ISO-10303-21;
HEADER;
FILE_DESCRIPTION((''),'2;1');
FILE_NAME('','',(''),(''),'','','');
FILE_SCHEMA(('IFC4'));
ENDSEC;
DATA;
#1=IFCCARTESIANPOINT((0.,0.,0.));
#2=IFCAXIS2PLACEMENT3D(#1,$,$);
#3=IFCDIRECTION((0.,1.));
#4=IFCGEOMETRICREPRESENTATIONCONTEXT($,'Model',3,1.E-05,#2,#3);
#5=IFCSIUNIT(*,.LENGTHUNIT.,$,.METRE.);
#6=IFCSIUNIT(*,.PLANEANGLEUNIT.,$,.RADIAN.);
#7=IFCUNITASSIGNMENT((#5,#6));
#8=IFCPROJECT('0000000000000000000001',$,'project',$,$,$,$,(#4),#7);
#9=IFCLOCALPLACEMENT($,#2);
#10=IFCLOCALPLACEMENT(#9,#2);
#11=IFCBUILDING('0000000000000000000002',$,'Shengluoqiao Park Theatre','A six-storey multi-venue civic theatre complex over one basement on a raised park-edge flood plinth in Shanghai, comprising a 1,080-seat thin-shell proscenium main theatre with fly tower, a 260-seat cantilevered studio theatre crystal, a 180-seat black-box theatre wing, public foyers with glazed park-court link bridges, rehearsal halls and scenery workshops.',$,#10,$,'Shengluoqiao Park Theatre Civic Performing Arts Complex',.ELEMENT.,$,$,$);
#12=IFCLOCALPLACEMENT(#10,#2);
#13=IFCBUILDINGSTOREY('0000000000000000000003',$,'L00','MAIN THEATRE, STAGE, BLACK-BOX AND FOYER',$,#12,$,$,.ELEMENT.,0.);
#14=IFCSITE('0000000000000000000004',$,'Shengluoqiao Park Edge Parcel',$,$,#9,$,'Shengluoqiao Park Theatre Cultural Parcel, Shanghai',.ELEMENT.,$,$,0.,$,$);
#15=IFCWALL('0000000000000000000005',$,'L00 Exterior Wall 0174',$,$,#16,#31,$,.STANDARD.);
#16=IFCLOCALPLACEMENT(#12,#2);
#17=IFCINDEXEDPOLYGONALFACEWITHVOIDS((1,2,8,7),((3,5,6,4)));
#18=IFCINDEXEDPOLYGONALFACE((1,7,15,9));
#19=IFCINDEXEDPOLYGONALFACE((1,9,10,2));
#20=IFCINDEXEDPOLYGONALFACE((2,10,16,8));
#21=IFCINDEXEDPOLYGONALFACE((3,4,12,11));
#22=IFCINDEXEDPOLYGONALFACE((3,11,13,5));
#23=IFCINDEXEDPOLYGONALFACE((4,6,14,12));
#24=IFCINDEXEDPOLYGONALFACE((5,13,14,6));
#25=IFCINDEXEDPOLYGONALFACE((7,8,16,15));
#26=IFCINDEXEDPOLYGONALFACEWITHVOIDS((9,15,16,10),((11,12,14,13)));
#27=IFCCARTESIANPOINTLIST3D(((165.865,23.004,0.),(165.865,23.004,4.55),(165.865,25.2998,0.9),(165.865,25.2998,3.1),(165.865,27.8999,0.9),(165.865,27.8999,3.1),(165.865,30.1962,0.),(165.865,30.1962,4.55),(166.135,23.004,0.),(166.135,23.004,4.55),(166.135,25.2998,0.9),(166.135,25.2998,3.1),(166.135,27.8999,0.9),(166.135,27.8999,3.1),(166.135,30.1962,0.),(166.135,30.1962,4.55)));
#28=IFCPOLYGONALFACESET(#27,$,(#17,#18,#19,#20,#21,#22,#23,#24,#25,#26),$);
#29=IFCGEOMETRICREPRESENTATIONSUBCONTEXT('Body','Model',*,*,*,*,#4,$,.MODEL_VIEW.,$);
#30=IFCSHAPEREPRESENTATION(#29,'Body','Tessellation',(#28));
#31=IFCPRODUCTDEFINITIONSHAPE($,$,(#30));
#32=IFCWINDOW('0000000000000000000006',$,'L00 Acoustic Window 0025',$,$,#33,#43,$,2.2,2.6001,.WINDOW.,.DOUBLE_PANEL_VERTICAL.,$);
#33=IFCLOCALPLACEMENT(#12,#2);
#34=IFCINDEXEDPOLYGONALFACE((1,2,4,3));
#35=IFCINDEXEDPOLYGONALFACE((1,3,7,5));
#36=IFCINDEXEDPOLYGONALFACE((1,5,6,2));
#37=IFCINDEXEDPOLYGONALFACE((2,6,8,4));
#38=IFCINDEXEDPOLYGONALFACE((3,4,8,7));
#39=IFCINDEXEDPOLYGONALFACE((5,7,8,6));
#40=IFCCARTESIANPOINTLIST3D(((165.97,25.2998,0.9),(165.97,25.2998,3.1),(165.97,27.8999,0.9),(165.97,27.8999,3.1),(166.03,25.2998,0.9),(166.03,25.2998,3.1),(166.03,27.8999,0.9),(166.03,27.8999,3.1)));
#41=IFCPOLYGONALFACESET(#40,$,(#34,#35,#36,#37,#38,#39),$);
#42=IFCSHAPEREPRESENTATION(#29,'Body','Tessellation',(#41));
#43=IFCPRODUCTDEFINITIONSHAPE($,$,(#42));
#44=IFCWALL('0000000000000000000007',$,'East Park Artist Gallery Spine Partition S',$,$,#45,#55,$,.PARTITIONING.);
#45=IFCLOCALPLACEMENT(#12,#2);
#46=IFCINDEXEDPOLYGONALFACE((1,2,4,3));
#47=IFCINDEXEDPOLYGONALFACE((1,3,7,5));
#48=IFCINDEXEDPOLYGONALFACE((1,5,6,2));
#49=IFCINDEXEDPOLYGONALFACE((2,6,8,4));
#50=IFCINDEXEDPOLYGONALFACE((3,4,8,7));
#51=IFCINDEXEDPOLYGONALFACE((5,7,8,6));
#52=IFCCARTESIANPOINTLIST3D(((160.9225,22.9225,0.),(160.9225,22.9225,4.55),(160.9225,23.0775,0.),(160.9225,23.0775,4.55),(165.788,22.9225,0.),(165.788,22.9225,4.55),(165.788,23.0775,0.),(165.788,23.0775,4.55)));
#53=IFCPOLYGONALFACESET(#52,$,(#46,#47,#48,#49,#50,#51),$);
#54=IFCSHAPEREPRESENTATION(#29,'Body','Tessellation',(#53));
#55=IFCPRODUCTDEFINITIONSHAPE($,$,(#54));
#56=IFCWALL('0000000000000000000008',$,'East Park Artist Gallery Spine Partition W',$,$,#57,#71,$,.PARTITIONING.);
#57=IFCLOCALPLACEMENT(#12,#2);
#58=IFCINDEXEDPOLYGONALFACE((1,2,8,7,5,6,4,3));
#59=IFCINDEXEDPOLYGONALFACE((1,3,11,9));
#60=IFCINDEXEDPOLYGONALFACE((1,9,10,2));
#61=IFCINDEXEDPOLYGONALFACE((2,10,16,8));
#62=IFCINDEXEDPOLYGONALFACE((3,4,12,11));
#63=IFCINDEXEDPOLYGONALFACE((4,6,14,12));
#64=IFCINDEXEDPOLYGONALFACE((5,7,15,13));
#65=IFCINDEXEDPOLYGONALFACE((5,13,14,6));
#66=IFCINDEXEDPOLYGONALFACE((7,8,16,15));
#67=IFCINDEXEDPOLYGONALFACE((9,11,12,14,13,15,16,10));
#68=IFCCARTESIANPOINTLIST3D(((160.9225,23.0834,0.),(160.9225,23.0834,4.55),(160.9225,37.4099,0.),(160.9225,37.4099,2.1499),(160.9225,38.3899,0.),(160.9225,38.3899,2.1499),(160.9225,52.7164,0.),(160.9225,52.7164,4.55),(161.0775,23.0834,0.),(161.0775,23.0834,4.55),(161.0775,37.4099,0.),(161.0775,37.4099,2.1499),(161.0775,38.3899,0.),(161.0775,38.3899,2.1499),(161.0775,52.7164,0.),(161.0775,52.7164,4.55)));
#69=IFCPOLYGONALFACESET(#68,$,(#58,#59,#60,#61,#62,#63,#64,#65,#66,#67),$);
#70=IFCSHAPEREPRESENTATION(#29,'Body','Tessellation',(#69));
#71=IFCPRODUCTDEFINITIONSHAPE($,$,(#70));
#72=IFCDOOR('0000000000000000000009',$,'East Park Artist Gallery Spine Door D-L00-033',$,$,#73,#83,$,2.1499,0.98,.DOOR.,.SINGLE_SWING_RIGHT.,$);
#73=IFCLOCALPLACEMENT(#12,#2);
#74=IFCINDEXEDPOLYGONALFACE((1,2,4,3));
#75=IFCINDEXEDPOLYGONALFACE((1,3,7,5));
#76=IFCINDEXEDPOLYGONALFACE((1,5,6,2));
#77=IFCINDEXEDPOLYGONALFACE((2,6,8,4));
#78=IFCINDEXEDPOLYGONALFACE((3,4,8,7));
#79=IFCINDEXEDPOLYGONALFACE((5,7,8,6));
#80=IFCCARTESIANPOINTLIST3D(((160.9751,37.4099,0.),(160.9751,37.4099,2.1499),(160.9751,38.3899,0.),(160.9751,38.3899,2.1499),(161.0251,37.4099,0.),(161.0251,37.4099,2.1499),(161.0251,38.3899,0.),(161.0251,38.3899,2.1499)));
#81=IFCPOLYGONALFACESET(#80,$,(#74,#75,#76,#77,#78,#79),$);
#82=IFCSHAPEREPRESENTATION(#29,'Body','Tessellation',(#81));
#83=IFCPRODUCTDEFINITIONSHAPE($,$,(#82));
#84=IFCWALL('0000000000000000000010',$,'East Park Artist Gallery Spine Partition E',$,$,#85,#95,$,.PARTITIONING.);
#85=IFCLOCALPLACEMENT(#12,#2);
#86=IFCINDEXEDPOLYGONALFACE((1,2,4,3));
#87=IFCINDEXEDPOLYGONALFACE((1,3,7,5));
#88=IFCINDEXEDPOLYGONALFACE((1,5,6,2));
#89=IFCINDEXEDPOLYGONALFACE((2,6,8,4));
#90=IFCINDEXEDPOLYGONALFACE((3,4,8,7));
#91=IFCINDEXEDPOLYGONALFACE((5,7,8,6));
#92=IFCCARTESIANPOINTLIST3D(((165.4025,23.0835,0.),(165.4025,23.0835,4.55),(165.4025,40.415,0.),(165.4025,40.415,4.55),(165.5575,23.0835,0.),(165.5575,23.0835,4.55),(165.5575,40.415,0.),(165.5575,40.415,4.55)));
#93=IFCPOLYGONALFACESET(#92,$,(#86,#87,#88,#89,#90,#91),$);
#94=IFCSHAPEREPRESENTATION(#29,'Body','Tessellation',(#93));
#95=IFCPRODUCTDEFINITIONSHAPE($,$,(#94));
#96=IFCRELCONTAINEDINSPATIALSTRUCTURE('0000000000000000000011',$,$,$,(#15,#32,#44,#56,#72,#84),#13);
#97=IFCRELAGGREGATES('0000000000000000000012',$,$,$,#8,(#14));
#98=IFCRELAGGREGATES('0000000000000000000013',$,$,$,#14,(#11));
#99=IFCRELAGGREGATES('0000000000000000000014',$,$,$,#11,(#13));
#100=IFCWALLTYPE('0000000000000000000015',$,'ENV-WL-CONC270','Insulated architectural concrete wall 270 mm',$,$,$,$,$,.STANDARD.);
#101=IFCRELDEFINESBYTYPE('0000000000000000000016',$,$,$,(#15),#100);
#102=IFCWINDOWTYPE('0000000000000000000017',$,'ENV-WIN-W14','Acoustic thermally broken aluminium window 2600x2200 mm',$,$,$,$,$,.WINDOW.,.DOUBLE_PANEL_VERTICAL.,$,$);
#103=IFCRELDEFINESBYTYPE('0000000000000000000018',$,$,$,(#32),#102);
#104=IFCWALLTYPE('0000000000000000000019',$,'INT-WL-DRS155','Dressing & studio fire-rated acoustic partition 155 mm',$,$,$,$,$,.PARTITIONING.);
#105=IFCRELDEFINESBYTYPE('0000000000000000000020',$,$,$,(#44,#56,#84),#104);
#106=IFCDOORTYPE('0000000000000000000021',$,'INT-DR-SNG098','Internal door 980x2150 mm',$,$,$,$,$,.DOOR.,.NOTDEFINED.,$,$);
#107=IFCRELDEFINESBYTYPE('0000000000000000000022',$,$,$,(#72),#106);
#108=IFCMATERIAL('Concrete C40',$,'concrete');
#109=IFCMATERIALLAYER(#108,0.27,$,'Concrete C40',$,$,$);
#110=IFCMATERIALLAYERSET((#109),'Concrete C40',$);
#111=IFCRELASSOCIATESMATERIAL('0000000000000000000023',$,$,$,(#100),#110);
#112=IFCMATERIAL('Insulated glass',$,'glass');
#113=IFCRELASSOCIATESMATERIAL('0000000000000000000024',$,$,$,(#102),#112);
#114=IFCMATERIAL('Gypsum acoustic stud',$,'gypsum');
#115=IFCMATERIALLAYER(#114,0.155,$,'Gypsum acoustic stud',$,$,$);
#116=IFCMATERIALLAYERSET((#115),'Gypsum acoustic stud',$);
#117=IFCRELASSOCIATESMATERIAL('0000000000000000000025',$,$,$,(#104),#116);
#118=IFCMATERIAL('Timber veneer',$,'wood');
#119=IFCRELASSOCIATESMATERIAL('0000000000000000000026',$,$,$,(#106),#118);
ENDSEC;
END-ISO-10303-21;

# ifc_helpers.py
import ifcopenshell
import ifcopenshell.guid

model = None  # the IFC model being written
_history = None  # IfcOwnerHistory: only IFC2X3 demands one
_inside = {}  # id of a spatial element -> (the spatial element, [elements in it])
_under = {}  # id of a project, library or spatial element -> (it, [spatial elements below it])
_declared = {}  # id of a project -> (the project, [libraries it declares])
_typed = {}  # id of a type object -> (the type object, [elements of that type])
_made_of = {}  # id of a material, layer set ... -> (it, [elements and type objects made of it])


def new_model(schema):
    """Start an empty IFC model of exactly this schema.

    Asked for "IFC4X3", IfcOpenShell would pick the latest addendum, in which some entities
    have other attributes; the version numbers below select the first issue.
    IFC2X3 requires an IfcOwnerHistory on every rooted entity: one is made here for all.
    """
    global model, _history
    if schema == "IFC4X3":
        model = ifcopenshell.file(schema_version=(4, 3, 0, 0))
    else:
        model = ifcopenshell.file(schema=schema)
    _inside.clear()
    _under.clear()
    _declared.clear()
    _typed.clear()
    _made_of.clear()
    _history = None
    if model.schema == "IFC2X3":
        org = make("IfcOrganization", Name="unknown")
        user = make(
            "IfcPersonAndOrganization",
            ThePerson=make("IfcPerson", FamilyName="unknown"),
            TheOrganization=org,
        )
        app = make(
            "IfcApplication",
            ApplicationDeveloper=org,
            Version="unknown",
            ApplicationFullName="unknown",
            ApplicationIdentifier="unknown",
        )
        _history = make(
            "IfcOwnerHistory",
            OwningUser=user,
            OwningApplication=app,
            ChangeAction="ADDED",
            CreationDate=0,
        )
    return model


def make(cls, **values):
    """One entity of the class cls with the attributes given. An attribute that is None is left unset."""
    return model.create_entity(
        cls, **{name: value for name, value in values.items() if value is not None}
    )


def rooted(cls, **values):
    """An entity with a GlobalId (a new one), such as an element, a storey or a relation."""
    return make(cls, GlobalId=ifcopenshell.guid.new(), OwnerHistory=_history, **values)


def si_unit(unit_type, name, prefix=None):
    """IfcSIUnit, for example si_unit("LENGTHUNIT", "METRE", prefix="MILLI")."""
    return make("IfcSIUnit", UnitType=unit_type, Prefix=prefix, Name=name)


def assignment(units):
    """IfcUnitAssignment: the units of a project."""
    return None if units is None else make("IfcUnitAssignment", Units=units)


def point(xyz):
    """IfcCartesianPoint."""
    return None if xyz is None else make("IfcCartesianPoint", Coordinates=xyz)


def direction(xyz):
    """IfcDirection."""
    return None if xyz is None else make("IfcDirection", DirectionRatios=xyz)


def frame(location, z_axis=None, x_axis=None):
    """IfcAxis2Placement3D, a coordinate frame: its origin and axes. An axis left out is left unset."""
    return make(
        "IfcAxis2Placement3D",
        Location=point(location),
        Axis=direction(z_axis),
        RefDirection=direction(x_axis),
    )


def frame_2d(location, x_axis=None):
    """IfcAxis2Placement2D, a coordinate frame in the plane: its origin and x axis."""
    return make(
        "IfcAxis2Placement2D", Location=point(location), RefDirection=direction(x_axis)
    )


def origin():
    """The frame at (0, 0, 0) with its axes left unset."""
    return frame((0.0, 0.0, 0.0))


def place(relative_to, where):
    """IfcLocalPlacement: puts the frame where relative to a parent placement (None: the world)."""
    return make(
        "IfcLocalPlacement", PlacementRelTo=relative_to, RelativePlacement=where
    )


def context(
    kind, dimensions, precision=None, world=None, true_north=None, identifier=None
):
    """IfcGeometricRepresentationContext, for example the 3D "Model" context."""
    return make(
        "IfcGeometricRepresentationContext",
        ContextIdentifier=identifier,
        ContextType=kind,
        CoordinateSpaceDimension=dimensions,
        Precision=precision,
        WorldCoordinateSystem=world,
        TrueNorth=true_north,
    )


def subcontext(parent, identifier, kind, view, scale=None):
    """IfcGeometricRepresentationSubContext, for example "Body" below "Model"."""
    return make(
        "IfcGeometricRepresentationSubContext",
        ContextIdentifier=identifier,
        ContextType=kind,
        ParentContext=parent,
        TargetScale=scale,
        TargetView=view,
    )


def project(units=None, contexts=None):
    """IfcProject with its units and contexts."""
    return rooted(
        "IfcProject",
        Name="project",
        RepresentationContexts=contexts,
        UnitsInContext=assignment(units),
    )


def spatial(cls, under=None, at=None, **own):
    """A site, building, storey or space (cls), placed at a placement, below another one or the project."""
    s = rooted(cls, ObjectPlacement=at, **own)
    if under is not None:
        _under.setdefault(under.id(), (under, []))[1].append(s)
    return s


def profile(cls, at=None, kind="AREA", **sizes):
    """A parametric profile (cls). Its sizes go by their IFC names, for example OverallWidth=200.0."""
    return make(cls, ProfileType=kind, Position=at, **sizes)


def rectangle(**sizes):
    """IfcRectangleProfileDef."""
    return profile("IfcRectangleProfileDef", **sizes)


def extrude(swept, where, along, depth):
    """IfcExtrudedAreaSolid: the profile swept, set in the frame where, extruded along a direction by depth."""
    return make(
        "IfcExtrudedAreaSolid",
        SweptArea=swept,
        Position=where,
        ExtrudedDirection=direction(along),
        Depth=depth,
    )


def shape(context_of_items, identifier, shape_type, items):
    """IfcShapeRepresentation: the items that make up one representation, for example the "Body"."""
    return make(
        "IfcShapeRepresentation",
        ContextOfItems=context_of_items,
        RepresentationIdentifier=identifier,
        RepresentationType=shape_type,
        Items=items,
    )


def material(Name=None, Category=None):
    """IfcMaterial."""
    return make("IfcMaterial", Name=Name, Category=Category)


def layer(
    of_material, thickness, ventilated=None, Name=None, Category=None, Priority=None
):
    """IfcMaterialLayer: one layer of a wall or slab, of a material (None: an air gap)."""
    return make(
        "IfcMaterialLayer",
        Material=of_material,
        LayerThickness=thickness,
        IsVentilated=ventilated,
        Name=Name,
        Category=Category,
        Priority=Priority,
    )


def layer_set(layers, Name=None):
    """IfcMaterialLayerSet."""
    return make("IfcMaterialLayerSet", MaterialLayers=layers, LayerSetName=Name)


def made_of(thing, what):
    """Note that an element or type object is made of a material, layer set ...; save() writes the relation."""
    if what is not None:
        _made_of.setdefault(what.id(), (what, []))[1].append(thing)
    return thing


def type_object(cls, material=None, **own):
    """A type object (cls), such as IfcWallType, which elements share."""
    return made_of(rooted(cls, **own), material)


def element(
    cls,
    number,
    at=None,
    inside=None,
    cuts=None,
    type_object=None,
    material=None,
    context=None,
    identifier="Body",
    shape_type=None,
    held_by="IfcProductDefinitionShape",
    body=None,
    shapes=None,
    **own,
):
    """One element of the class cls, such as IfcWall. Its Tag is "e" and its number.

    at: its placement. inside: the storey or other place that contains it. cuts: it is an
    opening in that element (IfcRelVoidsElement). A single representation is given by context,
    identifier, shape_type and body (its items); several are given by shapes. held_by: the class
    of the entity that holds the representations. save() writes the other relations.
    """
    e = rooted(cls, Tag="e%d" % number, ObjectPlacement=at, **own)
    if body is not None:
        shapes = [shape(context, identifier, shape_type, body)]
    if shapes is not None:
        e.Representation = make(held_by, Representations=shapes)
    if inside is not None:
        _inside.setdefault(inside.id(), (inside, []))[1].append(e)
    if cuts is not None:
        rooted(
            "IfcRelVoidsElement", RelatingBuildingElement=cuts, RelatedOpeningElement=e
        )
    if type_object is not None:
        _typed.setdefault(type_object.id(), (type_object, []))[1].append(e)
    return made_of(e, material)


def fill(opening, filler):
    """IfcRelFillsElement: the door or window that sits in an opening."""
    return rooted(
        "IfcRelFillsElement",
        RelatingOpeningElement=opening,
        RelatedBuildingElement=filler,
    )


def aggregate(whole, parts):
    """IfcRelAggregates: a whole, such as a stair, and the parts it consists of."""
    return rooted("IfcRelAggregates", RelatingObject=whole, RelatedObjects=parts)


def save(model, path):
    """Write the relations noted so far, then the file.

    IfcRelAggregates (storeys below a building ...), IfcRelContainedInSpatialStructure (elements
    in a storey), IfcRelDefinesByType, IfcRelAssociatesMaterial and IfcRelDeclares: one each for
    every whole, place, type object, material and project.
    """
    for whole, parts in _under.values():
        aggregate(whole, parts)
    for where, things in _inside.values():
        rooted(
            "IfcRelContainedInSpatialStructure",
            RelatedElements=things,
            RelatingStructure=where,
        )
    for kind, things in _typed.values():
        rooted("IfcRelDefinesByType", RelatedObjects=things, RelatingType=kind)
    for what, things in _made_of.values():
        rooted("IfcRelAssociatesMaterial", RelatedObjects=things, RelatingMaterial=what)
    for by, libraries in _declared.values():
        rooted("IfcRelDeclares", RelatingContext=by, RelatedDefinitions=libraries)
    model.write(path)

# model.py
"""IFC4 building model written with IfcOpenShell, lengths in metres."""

from ifc_helpers import new_model, si_unit, direction, frame, frame_2d, origin, place, context, subcontext, project, spatial, rectangle, extrude, material, layer, layer_set, type_object, element, fill, save


model = new_model("IFC4")

# Units and contexts
model_context = context("Model", 3, precision=1e-05, world=origin(), true_north=direction((0.0, 1.0)))
body_context = subcontext(model_context, "Body", "Model", "MODEL_VIEW")
ifc_project = project(units=[si_unit("LENGTHUNIT", "METRE"), si_unit("PLANEANGLEUNIT", "RADIAN")], contexts=[model_context])

# Site, building, storey
site_placement = place(None, origin())
site = spatial("IfcSite", under=ifc_project, at=site_placement, Name="Shengluoqiao Park Edge Parcel", LongName="Shengluoqiao Park Theatre Cultural Parcel, Shanghai", CompositionType="ELEMENT", RefElevation=0.0)
building_placement = place(site_placement, origin())
building = spatial("IfcBuilding", under=site, at=building_placement, Name="Shengluoqiao Park Theatre", Description="A six-storey multi-venue civic theatre complex over one basement on a raised park-edge flood plinth in Shanghai, comprising a 1,080-seat thin-shell proscenium main theatre with fly tower, a 260-seat cantilevered studio theatre crystal, a 180-seat black-box theatre wing, public foyers with glazed park-court link bridges, rehearsal halls and scenery workshops.", LongName="Shengluoqiao Park Theatre Civic Performing Arts Complex", CompositionType="ELEMENT")
storey_placement = place(building_placement, origin())
storey = spatial("IfcBuildingStorey", under=building, at=storey_placement, Name="L00", Description="MAIN THEATRE, STAGE, BLACK-BOX AND FOYER", CompositionType="ELEMENT", Elevation=0.0)

# Shared definitions
ifc_material_1 = material(Name="Concrete C40", Category="concrete")

# Shared definitions
ifc_material_2 = material(Name="Insulated glass", Category="glass")

# Wall, opening, window
ifc_layer_1 = layer(ifc_material_1, 0.27, Name="Concrete C40")
ifc_layer_set_1 = layer_set([ifc_layer_1], Name="Concrete C40")
wall_type_1 = type_object("IfcWallType", Name="ENV-WL-CONC270", Description="Insulated architectural concrete wall 270 mm", PredefinedType="STANDARD", material=ifc_layer_set_1)
wall_1_placement = place(storey_placement, frame((166.0, 23.0039, 0.0), z_axis=(0.0, 0.0, 1.0), x_axis=(0.0, 1.0, 0.0)))
wall_1 = element("IfcWall", 1, at=wall_1_placement, inside=storey, type_object=wall_type_1, Name="L00 Exterior Wall 0174", PredefinedType="STANDARD", context=body_context, shape_type="SweptSolid", body=[
    extrude(rectangle(XDim=7.1921, YDim=0.27, at=frame_2d((3.5962, 0.0))), origin(), (0.0, 0.0, 1.0), 4.55),
])
opening_1_placement = place(wall_1_placement, frame((2.2959, 0.0, 0.8999)))
opening_1 = element("IfcOpeningElement", 2, at=opening_1_placement, cuts=wall_1, PredefinedType="OPENING", context=body_context, shape_type="SweptSolid", body=[
    extrude(rectangle(XDim=2.6001, YDim=2.2, at=frame_2d((1.3, 1.1001))), frame((0.0, 0.145, 0.0), z_axis=(0.0, -1.0, 0.0), x_axis=(1.0, 0.0, 0.0)), (0.0, 0.0, 1.0), 0.29),
])
window_type = type_object("IfcWindowType", Name="ENV-WIN-W14", Description="Acoustic thermally broken aluminium window 2600x2200 mm", PartitioningType="DOUBLE_PANEL_VERTICAL", PredefinedType="WINDOW", material=ifc_material_2)
window_placement = place(opening_1_placement, origin())
window = element("IfcWindow", 3, at=window_placement, inside=storey, type_object=window_type, Name="L00 Acoustic Window 0025", OverallHeight=2.2, OverallWidth=2.6001, PartitioningType="DOUBLE_PANEL_VERTICAL", PredefinedType="WINDOW", context=body_context, shape_type="SweptSolid", body=[
    extrude(rectangle(XDim=2.6001, YDim=2.2, at=frame_2d((1.3, 1.1001))), frame((0.0, 0.03, 0.0), z_axis=(0.0, -1.0, 0.0), x_axis=(1.0, 0.0, 0.0)), (0.0, 0.0, 1.0), 0.0601),
])
fill(opening_1, window)

# Wall
ifc_material_3 = material(Name="Gypsum acoustic stud", Category="gypsum")
ifc_layer_2 = layer(ifc_material_3, 0.155, Name="Gypsum acoustic stud")
ifc_layer_set_2 = layer_set([ifc_layer_2], Name="Gypsum acoustic stud")
wall_type_2 = type_object("IfcWallType", Name="INT-WL-DRS155", Description="Dressing & studio fire-rated acoustic partition 155 mm", PredefinedType="PARTITIONING", material=ifc_layer_set_2)
wall_2_placement = place(storey_placement, frame((160.9226, 23.0, 0.0), z_axis=(0.0, 0.0, 1.0), x_axis=(1.0, 0.0, 0.0)))
element("IfcWall", 4, at=wall_2_placement, inside=storey, type_object=wall_type_2, Name="East Park Artist Gallery Spine Partition S", PredefinedType="PARTITIONING", context=body_context, shape_type="SweptSolid", body=[
    extrude(rectangle(XDim=4.8655, YDim=0.155, at=frame_2d((2.4326, 0.0))), origin(), (0.0, 0.0, 1.0), 4.55),
])

# Wall, opening, door
wall_3_placement = place(storey_placement, frame((161.0, 23.0835, 0.0), z_axis=(0.0, 0.0, 1.0), x_axis=(0.0, 1.0, 0.0)))
wall_3 = element("IfcWall", 5, at=wall_3_placement, inside=storey, type_object=wall_type_2, Name="East Park Artist Gallery Spine Partition W", PredefinedType="PARTITIONING", context=body_context, shape_type="SweptSolid", body=[
    extrude(rectangle(XDim=29.6331, YDim=0.155, at=frame_2d((14.8164, 0.0))), origin(), (0.0, 0.0, 1.0), 4.55),
])
opening_2_placement = place(wall_3_placement, frame((14.3264, 0.0, 0.0)))
opening_2 = element("IfcOpeningElement", 6, at=opening_2_placement, cuts=wall_3, PredefinedType="OPENING", context=body_context, shape_type="SweptSolid", body=[
    extrude(rectangle(XDim=0.98, YDim=2.1499, at=frame_2d((0.49, 1.075))), frame((0.0, 0.0874, 0.0), z_axis=(0.0, -1.0, 0.0), x_axis=(1.0, 0.0, 0.0)), (0.0, 0.0, 1.0), 0.175),
])
ifc_material_4 = material(Name="Timber veneer", Category="wood")
door_type = type_object("IfcDoorType", Name="INT-DR-SNG098", Description="Internal door 980x2150 mm", OperationType="NOTDEFINED", PredefinedType="DOOR", material=ifc_material_4)
door_placement = place(opening_2_placement, origin())
door = element("IfcDoor", 7, at=door_placement, inside=storey, type_object=door_type, Name="East Park Artist Gallery Spine Door D-L00-033", OperationType="SINGLE_SWING_RIGHT", OverallHeight=2.1499, OverallWidth=0.98, PredefinedType="DOOR", context=body_context, shape_type="SweptSolid", body=[
    extrude(rectangle(XDim=0.98, YDim=2.1499, at=frame_2d((0.49, 1.075))), frame((0.0, 0.0249, 0.0), z_axis=(0.0, -1.0, 0.0), x_axis=(1.0, 0.0, 0.0)), (0.0, 0.0, 1.0), 0.05),
])
fill(opening_2, door)

# Wall
wall_4_placement = place(storey_placement, frame((165.48, 23.0835, 0.0), z_axis=(0.0, 0.0, 1.0), x_axis=(0.0, 1.0, 0.0)))
element("IfcWall", 8, at=wall_4_placement, inside=storey, type_object=wall_type_2, Name="East Park Artist Gallery Spine Partition E", PredefinedType="PARTITIONING", context=body_context, shape_type="SweptSolid", body=[
    extrude(rectangle(XDim=17.3315, YDim=0.155, at=frame_2d((8.6658, 0.0))), origin(), (0.0, 0.0, 1.0), 4.55),
])

save(model, "model.ifc")
